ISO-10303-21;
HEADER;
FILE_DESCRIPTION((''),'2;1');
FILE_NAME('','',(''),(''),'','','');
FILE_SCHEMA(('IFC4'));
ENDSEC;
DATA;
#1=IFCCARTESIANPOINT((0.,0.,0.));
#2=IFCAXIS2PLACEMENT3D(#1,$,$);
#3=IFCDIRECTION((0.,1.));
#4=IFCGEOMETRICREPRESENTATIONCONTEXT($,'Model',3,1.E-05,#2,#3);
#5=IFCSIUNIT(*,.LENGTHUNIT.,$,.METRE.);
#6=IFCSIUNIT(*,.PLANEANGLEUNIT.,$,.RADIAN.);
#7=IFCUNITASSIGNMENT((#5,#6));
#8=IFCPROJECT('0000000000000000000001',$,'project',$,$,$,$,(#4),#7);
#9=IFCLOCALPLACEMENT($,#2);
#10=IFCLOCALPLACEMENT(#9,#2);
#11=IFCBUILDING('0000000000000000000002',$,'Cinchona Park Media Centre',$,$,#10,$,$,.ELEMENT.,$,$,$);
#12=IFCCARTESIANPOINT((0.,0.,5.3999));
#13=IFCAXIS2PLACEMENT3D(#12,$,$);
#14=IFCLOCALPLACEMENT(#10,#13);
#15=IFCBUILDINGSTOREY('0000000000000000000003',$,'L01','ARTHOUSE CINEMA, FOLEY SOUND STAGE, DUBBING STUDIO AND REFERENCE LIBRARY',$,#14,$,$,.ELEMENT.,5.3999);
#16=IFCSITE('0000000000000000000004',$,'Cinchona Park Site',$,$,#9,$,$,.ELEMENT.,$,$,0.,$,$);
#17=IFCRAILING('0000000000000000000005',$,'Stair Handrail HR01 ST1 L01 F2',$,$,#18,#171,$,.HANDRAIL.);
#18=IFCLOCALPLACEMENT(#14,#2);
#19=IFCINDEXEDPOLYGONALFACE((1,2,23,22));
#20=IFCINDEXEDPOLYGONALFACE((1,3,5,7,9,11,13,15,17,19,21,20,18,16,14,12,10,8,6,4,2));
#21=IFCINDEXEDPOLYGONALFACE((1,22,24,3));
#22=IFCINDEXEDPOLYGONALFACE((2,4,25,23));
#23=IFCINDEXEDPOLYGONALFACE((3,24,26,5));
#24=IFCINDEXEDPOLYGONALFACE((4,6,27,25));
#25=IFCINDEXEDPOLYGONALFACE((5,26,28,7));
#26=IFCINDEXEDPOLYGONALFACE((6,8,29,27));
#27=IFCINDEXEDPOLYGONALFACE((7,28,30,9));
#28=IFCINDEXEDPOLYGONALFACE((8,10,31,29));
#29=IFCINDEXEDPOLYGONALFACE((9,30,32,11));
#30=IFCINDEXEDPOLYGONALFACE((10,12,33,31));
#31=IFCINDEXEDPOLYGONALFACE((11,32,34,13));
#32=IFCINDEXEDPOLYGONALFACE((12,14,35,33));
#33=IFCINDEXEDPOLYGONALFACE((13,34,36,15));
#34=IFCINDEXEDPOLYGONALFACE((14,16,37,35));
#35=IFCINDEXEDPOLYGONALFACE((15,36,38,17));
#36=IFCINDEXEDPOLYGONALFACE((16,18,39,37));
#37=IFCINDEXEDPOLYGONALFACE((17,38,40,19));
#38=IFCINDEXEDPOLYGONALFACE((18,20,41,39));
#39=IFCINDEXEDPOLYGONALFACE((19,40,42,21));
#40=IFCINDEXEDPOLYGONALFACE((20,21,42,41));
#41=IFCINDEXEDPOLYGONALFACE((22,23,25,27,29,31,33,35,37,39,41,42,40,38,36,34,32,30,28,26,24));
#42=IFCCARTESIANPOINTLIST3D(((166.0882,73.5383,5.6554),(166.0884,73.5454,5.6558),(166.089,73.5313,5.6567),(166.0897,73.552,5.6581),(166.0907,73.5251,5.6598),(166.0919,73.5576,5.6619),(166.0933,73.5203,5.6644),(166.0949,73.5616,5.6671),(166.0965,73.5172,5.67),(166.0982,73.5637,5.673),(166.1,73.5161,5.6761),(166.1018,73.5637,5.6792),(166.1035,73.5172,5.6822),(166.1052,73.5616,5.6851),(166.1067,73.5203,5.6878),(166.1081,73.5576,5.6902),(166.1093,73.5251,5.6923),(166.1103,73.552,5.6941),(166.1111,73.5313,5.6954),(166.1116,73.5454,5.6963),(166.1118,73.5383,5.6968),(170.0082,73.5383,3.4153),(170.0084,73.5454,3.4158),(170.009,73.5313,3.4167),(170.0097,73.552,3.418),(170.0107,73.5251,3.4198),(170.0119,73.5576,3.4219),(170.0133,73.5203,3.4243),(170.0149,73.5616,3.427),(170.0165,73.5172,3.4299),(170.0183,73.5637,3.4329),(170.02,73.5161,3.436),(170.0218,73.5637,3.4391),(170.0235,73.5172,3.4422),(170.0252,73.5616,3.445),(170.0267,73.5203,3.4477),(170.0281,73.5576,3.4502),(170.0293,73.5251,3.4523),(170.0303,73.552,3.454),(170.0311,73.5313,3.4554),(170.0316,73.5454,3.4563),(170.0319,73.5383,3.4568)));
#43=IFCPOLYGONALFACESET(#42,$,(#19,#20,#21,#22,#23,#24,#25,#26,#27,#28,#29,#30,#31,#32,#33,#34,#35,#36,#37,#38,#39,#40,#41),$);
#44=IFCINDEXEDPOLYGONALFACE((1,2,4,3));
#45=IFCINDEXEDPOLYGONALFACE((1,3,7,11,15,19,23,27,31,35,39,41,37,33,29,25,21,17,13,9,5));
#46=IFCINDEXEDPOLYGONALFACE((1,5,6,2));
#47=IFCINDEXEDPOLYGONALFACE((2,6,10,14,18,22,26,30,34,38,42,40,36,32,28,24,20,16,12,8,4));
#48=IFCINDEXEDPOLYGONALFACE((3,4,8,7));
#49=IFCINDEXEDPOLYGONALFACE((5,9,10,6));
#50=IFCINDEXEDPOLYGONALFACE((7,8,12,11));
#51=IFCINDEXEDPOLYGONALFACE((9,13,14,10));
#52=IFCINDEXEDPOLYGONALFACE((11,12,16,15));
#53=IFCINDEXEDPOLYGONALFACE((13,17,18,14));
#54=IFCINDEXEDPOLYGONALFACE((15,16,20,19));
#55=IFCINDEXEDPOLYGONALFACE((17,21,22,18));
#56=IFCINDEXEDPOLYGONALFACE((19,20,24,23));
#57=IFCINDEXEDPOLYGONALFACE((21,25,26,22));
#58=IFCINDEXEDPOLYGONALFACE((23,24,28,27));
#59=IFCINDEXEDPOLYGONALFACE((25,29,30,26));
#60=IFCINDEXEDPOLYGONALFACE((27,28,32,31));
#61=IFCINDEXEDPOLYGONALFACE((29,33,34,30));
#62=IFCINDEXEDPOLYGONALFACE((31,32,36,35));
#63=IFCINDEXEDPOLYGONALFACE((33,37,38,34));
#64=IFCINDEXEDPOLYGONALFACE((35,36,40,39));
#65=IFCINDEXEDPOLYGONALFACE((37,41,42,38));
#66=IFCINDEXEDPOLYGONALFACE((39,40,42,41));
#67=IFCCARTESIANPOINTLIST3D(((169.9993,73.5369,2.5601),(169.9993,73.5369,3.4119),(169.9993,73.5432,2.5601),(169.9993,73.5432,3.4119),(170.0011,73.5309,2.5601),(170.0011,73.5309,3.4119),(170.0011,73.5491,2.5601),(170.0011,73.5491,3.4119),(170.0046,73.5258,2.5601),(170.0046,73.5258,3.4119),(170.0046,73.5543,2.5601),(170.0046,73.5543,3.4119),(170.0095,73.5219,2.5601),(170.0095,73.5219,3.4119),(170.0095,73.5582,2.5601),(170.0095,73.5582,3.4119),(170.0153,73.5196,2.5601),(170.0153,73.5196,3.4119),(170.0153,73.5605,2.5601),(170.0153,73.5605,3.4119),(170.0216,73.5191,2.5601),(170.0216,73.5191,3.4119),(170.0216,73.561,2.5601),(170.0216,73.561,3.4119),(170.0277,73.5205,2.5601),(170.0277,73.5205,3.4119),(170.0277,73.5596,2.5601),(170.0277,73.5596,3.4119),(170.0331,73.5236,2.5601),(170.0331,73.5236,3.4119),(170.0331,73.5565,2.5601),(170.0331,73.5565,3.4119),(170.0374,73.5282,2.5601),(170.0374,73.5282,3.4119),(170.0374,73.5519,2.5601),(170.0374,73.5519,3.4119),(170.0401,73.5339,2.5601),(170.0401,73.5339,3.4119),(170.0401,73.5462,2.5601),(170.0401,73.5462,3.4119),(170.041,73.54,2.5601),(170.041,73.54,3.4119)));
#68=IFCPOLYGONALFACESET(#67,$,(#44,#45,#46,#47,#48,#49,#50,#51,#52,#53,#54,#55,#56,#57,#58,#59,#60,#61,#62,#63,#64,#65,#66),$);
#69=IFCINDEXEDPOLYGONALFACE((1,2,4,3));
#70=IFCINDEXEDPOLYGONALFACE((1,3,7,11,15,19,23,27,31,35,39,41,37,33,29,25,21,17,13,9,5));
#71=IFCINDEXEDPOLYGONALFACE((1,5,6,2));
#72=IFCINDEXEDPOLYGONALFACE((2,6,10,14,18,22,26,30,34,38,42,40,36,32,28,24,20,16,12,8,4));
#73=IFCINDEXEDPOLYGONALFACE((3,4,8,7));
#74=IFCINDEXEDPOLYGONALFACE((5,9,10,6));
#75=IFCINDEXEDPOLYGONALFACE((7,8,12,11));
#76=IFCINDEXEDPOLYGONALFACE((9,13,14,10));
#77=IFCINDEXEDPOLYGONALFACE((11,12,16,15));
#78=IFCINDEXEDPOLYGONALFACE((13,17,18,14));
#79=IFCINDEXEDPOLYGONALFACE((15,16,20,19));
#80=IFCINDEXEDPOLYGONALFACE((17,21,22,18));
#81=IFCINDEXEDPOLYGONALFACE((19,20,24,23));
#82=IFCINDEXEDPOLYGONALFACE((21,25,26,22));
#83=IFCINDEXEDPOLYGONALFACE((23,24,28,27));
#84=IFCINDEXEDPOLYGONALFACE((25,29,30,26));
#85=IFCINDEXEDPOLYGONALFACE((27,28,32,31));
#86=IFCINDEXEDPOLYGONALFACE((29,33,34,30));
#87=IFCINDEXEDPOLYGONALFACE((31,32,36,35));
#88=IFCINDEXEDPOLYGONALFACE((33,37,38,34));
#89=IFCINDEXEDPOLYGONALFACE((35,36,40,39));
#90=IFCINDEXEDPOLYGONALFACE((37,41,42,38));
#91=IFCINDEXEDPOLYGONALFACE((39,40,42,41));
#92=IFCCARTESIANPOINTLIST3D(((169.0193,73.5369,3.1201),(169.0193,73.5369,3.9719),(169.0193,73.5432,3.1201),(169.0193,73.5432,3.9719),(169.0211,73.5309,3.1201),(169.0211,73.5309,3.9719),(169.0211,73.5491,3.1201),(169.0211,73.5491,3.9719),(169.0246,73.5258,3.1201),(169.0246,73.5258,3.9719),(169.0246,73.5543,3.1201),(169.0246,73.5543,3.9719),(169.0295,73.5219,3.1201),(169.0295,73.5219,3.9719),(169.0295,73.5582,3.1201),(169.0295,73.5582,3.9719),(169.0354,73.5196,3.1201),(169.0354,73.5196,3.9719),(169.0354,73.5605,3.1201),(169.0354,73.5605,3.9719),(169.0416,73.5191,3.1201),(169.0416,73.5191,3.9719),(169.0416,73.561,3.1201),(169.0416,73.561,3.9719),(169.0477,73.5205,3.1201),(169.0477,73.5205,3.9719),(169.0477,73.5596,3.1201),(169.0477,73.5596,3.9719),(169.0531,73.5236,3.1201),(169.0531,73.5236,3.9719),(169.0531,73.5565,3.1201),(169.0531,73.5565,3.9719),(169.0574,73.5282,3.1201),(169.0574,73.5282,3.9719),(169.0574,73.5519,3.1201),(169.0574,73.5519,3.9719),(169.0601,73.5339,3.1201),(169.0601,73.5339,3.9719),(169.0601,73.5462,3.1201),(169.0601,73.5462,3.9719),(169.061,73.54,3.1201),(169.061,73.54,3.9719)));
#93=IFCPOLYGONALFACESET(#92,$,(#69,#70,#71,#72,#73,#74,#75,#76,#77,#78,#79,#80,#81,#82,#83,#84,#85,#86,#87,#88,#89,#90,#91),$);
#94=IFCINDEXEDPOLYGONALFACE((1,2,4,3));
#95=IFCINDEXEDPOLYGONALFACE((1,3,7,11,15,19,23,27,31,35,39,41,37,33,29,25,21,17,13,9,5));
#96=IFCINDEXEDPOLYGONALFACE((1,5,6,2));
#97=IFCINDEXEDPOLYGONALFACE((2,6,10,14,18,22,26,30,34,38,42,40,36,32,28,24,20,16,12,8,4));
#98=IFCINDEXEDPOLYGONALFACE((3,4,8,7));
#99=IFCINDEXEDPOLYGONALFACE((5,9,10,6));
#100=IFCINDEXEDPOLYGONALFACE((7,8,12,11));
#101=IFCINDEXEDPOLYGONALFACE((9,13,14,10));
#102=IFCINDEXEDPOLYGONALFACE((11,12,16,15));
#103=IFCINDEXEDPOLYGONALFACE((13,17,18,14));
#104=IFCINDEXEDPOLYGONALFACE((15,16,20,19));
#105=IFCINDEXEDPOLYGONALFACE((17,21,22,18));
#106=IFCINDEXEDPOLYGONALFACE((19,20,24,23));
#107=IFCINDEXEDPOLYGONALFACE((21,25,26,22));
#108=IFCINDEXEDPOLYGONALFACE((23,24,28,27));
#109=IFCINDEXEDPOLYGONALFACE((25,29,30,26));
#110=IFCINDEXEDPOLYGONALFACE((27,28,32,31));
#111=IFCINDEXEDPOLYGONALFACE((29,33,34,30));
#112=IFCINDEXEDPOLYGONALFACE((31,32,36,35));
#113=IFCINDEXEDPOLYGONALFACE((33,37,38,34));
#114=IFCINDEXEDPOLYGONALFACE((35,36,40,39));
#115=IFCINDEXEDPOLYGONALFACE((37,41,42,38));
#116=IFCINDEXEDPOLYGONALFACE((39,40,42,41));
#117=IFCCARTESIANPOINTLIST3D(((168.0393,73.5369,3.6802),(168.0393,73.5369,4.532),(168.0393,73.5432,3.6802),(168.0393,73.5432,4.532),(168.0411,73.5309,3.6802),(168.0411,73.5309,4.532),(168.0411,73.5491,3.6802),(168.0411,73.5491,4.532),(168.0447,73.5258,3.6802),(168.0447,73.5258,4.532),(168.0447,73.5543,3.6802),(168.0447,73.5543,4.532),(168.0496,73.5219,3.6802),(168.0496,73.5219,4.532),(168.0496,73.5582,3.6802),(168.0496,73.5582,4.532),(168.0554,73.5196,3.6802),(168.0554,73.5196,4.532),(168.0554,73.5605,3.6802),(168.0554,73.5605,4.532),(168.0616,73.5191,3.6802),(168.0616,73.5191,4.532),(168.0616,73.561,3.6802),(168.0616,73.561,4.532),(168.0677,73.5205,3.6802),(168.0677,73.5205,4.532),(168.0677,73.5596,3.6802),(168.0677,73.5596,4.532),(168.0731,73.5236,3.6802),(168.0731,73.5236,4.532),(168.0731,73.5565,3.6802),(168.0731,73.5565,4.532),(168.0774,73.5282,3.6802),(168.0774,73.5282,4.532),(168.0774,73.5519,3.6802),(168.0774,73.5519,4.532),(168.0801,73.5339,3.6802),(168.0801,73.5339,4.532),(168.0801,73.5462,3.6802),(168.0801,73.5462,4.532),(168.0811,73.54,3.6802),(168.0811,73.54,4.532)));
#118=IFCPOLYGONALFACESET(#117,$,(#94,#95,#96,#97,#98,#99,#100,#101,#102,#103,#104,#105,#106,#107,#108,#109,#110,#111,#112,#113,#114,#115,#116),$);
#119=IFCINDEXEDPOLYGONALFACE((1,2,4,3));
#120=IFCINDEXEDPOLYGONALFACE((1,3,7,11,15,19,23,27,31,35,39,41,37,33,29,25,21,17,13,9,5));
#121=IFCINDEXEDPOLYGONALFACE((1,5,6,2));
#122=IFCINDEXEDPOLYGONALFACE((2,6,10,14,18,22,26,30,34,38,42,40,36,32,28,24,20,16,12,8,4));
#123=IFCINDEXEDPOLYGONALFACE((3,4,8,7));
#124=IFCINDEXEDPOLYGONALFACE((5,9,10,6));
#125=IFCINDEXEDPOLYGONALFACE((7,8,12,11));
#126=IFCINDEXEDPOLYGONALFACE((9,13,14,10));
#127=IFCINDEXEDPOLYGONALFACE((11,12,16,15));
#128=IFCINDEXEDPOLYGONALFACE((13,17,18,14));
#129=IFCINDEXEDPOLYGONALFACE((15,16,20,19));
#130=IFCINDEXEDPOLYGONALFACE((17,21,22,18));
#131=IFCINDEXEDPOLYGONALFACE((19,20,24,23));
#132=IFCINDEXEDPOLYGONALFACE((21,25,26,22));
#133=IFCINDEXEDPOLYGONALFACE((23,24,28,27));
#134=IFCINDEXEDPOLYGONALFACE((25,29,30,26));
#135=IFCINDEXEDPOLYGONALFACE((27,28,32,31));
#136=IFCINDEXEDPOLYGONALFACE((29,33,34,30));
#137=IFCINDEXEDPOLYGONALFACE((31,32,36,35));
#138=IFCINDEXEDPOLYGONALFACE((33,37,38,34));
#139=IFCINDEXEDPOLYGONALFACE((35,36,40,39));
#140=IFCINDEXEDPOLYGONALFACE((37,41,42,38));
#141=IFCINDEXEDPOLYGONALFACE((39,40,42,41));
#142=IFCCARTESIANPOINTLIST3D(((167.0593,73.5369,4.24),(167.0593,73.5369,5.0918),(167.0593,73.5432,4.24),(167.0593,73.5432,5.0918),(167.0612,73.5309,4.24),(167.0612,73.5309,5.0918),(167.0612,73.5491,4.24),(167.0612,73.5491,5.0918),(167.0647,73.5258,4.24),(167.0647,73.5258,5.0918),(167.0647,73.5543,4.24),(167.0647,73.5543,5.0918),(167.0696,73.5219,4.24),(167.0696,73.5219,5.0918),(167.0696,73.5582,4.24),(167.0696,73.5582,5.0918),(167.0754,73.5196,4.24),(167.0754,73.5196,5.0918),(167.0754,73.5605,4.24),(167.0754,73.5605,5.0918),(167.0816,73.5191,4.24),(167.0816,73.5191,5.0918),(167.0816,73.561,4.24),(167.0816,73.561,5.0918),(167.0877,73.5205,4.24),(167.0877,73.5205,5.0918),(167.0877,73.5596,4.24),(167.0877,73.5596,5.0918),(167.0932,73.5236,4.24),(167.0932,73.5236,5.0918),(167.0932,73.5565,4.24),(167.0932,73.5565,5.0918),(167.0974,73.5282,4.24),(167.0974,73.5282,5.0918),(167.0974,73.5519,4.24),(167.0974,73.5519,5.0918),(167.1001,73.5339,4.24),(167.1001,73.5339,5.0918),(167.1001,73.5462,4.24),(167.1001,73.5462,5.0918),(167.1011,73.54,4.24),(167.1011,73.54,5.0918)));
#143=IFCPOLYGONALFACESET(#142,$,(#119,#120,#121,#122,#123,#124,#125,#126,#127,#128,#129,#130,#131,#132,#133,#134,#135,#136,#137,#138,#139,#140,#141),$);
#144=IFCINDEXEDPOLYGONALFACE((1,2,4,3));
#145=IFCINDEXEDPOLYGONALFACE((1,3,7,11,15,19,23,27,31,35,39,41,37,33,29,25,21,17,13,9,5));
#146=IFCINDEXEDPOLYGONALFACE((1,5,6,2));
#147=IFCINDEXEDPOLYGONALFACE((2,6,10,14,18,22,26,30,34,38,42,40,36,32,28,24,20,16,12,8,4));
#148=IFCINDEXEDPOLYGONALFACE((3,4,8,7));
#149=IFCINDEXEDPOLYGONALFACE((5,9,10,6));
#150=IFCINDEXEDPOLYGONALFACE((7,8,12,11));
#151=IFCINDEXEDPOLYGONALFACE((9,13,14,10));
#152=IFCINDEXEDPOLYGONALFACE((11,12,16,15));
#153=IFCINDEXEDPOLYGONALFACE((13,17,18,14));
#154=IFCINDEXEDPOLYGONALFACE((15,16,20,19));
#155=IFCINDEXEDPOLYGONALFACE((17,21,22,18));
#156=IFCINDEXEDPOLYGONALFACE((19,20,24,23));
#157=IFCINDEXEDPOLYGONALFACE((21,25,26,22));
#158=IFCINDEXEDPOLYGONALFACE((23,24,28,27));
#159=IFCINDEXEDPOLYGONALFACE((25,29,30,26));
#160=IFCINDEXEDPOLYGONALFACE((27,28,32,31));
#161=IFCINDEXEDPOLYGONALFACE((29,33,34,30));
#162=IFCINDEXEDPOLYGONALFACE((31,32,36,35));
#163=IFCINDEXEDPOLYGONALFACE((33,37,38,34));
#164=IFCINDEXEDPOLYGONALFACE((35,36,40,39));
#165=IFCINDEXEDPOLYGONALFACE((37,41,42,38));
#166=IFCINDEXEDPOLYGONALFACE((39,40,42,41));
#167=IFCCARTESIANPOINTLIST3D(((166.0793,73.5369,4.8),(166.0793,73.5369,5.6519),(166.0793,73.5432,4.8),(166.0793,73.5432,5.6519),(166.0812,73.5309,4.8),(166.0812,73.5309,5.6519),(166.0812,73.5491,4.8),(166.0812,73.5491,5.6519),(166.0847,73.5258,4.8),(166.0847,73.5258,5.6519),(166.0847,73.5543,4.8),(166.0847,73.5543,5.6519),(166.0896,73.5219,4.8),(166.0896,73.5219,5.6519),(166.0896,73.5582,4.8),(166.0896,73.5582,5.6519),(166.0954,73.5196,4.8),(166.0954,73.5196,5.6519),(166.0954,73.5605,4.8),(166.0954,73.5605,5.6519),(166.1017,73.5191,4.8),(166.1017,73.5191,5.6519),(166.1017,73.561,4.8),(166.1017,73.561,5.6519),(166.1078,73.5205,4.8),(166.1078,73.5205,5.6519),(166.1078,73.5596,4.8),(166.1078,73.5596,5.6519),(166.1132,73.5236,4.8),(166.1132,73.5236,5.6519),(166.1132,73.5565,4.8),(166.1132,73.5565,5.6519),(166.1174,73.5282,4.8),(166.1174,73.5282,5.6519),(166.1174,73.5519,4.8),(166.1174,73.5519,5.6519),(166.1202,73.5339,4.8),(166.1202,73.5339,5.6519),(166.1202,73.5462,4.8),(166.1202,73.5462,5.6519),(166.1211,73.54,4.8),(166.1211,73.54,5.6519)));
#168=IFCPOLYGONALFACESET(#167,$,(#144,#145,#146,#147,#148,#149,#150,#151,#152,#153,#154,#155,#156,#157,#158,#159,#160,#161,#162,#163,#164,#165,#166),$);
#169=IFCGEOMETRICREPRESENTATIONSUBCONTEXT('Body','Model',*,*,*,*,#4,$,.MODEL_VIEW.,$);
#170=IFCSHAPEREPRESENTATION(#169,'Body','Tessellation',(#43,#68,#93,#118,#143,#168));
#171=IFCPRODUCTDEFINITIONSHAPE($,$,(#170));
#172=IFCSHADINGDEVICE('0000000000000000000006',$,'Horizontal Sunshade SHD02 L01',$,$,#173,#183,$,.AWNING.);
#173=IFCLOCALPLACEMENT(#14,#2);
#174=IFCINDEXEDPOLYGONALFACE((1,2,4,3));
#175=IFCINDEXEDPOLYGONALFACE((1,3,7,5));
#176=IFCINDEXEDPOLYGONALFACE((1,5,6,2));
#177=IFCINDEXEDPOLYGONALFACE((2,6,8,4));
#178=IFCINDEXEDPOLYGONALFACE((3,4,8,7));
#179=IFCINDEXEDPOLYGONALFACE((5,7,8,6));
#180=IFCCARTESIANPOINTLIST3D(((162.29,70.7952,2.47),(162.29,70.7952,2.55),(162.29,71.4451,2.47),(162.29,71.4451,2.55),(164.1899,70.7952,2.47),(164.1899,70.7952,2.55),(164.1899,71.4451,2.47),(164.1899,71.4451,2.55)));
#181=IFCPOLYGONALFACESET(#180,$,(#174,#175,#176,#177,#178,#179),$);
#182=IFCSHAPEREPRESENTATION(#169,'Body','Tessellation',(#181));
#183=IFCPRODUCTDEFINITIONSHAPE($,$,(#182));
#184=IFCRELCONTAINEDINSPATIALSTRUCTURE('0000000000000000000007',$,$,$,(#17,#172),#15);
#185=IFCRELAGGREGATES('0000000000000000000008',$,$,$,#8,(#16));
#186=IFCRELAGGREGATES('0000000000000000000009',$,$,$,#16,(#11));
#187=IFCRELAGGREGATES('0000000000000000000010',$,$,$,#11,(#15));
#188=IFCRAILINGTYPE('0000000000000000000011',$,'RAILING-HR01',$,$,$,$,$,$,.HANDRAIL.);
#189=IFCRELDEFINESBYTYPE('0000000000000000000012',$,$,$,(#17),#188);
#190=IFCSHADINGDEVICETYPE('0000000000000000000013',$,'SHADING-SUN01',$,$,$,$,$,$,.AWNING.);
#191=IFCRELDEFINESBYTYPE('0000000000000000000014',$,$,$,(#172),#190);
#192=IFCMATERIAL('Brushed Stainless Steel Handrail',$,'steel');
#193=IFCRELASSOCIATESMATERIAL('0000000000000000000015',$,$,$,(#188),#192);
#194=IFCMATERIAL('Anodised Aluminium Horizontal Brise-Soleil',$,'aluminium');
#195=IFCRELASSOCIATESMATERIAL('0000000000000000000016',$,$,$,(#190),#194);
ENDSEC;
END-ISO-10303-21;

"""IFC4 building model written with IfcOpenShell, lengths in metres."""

from ifc_helpers import new_model, si_unit, direction, frame, origin, origin_2d, place, context, subcontext, project, spatial, rectangle, circle, extrude, material, type_object, element, save


model = new_model("IFC4")

# Units and contexts
model_context = context("Model", 3, precision=1e-05, world=origin(), true_north=direction((0.0, 1.0)))
body_context = subcontext(model_context, "Body", "Model", "MODEL_VIEW")
ifc_project = project(units=[si_unit("LENGTHUNIT", "METRE"), si_unit("PLANEANGLEUNIT", "RADIAN")], contexts=[model_context])

# Site, building, storey
site_placement = place(None, origin())
site = spatial("IfcSite", under=ifc_project, at=site_placement, Name="Cinchona Park Site", CompositionType="ELEMENT", RefElevation=0.0)
building_placement = place(site_placement, origin())
building = spatial("IfcBuilding", under=site, at=building_placement, Name="Cinchona Park Media Centre", CompositionType="ELEMENT")
storey_placement = place(building_placement, frame((0.0, 0.0, 5.3999)))
storey = spatial("IfcBuildingStorey", under=building, at=storey_placement, Name="L01", Description="ARTHOUSE CINEMA, FOLEY SOUND STAGE, DUBBING STUDIO AND REFERENCE LIBRARY", CompositionType="ELEMENT", Elevation=5.3999)

# Railing
ifc_material_1 = material(Name="Brushed Stainless Steel Handrail", Category="steel")
railing_type_1 = type_object("IfcRailingType", Name="RAILING-HR01", PredefinedType="HANDRAIL", material=ifc_material_1)
railing_1_placement = place(storey_placement, frame((170.02, 73.54, 2.5601)))
element("IfcRailing", 1, at=railing_1_placement, inside=storey, type_object=railing_type_1, Name="Stair Handrail HR01 ST1 L01 F2", PredefinedType="HANDRAIL", context=body_context, shape_type="SweptSolid", body=[
    extrude(circle(Radius=0.0239, at=origin_2d()), frame((0.0, 0.0, 0.876), z_axis=(-0.86824, 0.0, 0.496145), x_axis=(0.0, -1.0, 0.0)), (0.0, 0.0, 1.0), 4.5149),
    extrude(circle(Radius=0.021, at=origin_2d()), origin(), (0.0, 0.0, 1.0), 0.8518),
    extrude(circle(Radius=0.021, at=origin_2d()), frame((-0.98, 0.0, 0.5601)), (0.0, 0.0, 1.0), 0.8518),
    extrude(circle(Radius=0.021, at=origin_2d()), frame((-1.96, 0.0, 1.1201)), (0.0, 0.0, 1.0), 0.8518),
    extrude(circle(Radius=0.021, at=origin_2d()), frame((-2.9399, 0.0, 1.6799)), (0.0, 0.0, 1.0), 0.8518),
    extrude(circle(Radius=0.021, at=origin_2d()), frame((-3.9199, 0.0, 2.24)), (0.0, 0.0, 1.0), 0.8518),
])

# Shading device
ifc_material_2 = material(Name="Anodised Aluminium Horizontal Brise-Soleil", Category="aluminium")
shading_device_type = type_object("IfcShadingDeviceType", Name="SHADING-SUN01", PredefinedType="AWNING", material=ifc_material_2)
shading_device_placement = place(storey_placement, frame((163.24, 71.1201, 2.47), z_axis=(0.0, 0.0, 1.0), x_axis=(-1.0, 0.0, 0.0)))
element("IfcShadingDevice", 2, at=shading_device_placement, inside=storey, type_object=shading_device_type, Name="Horizontal Sunshade SHD02 L01", PredefinedType="AWNING", context=body_context, shape_type="SweptSolid", body=[
    extrude(rectangle(XDim=1.8999, YDim=0.6499, at=origin_2d()), origin(), (0.0, 0.0, 1.0), 0.0801),
])

save(model, "model.ifc")
